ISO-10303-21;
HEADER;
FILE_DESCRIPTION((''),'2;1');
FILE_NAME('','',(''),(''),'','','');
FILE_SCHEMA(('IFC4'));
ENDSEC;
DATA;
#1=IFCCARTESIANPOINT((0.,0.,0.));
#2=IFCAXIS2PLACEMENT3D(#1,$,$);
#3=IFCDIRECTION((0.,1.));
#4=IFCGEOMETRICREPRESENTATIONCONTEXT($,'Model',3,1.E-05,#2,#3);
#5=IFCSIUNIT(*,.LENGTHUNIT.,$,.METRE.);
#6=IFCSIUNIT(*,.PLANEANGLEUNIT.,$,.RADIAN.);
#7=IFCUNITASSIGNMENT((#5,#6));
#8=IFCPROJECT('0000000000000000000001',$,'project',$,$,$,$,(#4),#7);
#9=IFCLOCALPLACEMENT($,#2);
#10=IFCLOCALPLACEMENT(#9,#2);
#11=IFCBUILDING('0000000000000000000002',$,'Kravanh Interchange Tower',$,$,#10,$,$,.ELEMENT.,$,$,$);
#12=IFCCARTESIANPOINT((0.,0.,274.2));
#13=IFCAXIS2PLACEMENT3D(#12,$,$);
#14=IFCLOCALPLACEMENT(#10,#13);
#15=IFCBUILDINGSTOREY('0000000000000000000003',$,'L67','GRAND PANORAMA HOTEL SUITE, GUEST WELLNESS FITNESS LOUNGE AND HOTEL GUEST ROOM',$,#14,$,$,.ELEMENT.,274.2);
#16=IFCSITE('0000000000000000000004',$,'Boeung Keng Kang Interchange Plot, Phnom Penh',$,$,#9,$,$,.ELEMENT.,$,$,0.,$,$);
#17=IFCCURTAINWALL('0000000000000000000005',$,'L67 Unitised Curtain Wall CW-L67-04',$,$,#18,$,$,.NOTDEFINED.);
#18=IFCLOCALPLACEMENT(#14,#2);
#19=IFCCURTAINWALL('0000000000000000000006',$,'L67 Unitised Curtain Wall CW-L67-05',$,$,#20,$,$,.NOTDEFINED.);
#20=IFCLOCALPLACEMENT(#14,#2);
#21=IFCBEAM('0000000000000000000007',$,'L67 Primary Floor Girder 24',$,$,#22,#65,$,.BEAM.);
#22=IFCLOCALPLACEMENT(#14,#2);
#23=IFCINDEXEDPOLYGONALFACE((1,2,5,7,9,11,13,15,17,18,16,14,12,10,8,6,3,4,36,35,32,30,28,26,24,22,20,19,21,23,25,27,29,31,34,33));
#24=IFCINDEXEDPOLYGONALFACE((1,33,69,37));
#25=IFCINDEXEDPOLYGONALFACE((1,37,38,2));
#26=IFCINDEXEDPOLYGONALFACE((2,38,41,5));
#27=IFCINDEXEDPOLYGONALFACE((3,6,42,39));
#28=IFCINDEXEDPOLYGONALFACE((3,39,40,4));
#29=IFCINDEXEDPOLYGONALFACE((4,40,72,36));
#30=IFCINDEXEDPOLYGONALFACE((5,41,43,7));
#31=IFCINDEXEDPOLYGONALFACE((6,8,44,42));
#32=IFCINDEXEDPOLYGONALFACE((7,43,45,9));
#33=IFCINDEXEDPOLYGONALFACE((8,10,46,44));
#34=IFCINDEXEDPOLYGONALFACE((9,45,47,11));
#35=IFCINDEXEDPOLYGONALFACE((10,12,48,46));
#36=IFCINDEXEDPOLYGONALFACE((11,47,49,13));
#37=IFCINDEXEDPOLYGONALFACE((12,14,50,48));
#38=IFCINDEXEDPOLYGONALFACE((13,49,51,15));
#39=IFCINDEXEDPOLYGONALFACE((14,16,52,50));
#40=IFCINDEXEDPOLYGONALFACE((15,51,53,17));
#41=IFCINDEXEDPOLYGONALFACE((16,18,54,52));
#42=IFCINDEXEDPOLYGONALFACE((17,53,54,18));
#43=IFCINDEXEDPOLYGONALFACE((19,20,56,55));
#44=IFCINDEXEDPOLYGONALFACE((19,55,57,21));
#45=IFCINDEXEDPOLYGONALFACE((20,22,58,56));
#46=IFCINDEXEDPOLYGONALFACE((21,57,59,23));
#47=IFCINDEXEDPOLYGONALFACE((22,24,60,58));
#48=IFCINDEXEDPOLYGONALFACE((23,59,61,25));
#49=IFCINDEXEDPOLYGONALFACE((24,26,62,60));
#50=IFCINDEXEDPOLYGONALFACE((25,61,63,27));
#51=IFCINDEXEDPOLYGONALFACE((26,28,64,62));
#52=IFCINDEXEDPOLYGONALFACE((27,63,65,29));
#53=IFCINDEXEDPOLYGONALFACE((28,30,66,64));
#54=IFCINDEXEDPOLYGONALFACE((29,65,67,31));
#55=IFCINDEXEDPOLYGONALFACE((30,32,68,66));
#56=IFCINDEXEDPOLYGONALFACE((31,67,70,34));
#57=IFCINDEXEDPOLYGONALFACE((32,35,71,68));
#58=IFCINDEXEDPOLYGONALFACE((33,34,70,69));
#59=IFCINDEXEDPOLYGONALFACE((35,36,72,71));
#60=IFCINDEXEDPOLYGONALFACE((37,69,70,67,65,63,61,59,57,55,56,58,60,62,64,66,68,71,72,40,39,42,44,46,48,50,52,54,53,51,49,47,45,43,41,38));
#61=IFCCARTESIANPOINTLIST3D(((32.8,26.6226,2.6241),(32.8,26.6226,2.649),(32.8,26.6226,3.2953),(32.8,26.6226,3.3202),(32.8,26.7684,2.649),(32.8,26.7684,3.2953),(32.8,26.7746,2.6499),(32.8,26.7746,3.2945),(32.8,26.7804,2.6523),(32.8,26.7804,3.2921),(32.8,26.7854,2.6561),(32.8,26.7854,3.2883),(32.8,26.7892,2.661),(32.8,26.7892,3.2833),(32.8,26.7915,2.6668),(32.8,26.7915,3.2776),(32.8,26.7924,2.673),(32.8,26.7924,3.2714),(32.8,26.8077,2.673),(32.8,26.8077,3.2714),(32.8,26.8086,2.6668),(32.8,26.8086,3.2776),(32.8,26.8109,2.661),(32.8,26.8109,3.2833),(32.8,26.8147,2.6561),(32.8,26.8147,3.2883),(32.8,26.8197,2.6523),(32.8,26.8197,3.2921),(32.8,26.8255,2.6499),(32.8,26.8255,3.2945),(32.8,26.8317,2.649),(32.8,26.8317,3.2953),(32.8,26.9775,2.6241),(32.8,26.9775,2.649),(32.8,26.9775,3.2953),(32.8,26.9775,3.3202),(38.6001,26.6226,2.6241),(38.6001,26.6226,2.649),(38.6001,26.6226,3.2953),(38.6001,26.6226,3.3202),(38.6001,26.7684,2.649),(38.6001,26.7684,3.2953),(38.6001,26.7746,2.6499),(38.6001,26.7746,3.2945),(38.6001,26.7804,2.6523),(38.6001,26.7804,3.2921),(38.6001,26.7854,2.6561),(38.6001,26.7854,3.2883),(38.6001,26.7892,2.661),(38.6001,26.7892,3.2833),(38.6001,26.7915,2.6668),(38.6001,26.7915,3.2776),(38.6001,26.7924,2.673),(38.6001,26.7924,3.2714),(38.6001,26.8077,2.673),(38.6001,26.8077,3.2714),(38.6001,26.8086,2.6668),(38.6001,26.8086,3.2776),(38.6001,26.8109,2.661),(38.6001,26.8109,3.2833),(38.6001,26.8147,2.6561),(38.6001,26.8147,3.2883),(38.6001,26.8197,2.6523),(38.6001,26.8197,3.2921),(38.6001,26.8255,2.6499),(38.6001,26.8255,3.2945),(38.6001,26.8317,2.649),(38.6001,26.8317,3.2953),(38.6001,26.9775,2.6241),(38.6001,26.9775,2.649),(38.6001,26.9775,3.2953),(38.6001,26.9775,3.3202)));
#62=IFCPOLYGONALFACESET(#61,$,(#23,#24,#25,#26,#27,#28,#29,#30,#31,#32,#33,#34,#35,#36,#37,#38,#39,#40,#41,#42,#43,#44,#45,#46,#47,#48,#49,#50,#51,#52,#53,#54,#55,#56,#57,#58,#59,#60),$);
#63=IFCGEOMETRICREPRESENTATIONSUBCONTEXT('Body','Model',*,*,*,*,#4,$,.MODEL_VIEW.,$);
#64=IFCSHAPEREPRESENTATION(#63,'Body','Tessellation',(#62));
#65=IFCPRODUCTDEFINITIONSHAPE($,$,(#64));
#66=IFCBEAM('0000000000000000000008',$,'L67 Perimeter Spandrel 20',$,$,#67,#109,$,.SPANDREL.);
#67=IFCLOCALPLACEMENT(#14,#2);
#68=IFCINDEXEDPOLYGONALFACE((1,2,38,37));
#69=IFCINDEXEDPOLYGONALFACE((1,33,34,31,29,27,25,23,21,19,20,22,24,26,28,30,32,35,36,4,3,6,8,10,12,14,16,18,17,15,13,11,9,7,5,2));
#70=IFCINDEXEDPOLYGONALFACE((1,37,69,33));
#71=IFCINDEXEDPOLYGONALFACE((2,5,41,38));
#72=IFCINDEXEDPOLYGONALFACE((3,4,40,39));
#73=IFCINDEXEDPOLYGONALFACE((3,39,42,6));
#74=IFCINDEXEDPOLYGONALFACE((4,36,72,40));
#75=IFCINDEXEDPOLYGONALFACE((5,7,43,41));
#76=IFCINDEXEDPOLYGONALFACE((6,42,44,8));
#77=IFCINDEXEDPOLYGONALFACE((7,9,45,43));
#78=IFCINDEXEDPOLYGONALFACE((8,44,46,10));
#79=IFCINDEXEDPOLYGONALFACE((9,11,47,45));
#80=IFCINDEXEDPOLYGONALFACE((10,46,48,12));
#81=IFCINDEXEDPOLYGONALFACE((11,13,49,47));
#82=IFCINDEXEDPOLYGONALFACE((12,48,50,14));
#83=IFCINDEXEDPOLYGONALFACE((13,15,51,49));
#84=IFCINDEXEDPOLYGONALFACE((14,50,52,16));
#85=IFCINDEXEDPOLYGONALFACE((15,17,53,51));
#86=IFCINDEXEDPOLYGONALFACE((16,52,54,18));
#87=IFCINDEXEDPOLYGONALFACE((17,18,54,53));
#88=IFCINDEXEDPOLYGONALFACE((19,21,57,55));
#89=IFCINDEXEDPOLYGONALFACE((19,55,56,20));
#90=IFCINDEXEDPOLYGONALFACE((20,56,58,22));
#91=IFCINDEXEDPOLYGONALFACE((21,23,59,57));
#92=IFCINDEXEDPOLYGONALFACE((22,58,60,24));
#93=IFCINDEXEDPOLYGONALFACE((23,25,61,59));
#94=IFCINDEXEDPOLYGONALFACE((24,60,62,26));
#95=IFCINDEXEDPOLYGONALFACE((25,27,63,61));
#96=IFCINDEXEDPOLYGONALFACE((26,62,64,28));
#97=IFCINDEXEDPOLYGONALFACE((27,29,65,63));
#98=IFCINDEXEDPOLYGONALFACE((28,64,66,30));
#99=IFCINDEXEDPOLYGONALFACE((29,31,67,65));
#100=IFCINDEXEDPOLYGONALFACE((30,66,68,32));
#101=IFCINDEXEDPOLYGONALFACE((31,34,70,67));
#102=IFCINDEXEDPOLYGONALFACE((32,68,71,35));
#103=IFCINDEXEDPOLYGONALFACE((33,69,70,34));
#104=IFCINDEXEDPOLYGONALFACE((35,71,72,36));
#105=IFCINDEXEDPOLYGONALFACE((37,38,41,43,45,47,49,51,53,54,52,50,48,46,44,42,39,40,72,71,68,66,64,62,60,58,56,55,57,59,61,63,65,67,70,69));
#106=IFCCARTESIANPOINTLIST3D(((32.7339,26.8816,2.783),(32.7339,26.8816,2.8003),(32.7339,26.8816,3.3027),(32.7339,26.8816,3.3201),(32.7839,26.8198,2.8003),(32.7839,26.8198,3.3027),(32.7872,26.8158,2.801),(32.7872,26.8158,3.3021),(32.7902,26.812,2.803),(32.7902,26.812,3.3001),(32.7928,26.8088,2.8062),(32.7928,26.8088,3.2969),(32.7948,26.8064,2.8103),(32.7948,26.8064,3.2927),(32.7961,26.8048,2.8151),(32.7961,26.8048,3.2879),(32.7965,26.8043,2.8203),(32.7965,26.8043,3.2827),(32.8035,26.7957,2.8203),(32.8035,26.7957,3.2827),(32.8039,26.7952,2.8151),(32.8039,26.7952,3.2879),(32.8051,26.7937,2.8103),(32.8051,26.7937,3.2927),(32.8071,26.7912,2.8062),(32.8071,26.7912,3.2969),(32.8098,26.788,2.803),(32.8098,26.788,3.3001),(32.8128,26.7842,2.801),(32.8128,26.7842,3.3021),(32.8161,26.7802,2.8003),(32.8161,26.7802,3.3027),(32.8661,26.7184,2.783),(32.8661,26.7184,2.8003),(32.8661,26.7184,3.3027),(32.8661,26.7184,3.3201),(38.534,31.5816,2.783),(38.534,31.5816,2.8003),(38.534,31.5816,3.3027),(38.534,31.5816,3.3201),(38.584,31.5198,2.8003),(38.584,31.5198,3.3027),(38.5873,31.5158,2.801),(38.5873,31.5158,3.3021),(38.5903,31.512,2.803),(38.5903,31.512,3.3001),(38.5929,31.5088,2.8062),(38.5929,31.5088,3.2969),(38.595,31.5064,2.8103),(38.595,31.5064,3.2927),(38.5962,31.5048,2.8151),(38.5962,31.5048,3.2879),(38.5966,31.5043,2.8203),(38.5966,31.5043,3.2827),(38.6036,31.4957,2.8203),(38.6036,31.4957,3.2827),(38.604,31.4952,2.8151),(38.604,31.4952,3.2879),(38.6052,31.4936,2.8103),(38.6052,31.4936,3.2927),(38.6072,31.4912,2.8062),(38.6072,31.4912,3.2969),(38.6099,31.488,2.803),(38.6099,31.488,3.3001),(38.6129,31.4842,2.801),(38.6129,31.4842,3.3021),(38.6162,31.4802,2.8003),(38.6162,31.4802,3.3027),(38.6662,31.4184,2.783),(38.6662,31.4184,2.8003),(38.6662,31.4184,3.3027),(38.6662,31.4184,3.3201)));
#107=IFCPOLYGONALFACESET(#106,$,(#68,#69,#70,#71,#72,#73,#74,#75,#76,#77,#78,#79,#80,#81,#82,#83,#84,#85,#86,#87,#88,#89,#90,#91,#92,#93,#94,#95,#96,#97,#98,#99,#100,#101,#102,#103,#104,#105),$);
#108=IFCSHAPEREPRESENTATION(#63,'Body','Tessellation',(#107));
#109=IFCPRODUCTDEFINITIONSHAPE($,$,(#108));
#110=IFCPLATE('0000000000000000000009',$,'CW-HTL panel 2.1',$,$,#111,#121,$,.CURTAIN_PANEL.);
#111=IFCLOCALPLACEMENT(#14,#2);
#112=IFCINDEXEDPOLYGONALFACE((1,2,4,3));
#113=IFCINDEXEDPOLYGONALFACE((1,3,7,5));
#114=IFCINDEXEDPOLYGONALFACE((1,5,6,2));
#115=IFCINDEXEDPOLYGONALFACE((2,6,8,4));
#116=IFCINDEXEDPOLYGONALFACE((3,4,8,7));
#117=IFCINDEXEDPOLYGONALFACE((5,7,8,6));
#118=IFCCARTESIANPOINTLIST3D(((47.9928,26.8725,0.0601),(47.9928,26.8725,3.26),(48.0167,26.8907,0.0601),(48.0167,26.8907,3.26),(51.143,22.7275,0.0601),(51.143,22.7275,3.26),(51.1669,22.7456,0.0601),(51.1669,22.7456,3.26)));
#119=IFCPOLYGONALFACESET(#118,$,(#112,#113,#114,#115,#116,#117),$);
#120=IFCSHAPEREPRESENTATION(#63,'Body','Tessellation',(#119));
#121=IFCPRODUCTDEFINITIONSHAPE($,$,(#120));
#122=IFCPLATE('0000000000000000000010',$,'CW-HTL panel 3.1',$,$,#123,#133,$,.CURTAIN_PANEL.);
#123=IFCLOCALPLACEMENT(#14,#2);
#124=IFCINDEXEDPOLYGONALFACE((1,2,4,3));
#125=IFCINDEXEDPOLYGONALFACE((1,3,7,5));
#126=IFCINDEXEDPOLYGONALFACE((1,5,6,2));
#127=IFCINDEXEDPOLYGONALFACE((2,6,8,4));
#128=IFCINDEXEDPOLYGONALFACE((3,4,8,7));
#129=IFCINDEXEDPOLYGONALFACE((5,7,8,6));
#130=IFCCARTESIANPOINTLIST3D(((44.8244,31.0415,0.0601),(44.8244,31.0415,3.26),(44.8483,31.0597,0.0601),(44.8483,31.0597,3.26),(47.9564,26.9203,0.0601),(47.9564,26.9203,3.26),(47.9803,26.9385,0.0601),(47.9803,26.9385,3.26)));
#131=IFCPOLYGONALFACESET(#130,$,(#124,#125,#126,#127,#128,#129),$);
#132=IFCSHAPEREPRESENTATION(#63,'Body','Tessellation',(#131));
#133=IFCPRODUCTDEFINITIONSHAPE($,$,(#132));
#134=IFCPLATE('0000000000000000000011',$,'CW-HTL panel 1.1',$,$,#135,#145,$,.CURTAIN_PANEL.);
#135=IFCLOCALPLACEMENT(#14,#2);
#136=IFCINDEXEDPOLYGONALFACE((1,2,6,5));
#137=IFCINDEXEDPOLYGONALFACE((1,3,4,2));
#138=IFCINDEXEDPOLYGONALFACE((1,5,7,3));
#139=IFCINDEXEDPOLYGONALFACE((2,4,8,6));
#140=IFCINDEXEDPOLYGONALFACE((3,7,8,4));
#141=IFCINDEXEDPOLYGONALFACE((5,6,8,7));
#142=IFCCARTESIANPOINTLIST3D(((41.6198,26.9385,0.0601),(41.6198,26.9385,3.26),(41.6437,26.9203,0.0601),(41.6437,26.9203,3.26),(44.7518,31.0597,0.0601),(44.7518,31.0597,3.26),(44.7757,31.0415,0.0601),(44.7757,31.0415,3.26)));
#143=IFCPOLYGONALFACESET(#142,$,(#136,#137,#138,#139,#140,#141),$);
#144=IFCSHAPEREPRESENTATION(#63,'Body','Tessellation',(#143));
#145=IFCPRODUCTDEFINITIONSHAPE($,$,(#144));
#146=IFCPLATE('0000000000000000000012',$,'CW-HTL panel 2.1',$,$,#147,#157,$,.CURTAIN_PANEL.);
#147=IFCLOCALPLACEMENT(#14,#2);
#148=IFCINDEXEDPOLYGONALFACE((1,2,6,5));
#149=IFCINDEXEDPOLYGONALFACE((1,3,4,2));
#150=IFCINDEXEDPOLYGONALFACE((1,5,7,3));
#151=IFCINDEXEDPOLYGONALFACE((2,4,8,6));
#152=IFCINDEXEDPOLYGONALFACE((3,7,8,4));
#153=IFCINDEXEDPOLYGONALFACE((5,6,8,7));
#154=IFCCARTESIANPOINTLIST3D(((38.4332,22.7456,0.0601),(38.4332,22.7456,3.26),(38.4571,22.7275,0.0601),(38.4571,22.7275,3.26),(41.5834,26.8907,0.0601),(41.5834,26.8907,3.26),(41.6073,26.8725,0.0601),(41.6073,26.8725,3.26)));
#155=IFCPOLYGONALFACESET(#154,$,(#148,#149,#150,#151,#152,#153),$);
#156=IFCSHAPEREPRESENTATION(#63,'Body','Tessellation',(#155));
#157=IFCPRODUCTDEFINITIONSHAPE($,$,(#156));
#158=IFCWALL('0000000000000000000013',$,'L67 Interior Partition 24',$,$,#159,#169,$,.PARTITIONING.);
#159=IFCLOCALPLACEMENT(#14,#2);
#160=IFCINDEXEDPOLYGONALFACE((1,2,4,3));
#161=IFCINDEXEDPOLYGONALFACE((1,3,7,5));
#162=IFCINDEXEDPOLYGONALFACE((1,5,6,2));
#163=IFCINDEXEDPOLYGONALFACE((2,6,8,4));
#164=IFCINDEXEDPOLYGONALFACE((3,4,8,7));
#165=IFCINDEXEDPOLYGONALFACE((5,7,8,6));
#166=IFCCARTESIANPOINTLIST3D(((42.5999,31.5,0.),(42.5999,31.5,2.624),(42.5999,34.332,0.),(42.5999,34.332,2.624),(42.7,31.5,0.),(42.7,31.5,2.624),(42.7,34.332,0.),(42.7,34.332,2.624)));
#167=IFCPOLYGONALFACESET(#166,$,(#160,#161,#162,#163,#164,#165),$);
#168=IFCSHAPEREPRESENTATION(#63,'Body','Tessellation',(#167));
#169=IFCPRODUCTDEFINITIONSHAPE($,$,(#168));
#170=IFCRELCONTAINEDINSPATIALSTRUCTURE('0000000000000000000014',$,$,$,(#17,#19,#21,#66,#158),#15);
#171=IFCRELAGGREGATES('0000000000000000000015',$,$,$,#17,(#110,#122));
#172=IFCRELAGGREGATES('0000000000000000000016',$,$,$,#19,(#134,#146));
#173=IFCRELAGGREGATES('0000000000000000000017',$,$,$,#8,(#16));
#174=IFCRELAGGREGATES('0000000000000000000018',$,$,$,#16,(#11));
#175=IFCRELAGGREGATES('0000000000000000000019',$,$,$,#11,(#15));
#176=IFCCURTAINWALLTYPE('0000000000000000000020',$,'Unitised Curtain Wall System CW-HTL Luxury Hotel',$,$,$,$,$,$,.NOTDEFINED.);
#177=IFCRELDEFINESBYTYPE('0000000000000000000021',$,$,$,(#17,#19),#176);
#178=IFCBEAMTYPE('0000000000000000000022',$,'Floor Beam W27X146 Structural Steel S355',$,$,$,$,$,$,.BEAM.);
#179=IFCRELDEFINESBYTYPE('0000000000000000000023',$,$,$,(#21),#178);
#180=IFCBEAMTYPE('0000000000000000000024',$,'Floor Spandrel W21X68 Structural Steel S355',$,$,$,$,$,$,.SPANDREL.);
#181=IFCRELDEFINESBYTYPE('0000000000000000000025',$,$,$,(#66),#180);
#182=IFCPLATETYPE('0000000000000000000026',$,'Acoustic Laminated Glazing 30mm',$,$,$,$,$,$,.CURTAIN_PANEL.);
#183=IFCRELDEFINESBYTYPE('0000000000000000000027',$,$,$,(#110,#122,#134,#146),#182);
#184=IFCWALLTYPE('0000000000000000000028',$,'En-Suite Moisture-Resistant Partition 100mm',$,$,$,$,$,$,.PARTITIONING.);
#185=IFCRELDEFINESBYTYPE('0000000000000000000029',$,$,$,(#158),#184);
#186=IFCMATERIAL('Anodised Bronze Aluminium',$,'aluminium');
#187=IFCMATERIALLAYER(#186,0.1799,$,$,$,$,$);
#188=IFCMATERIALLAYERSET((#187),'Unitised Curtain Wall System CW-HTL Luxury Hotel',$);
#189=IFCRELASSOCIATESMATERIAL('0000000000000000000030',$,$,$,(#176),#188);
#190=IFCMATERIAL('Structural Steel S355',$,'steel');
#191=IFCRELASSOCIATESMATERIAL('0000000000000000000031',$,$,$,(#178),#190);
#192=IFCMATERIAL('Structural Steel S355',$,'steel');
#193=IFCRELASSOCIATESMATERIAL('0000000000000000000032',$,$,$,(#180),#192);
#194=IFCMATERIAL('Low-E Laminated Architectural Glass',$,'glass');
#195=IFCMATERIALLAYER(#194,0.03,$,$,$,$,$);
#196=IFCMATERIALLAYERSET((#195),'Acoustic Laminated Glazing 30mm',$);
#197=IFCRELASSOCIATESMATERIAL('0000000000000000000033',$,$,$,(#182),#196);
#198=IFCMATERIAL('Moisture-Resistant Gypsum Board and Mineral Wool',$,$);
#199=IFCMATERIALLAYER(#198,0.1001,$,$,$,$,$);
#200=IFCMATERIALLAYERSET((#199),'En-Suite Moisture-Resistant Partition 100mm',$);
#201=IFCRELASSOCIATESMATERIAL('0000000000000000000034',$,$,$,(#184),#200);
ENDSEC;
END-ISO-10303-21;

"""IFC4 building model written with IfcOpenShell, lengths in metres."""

from ifc_helpers import new_model, si_unit, direction, frame, frame_2d, origin, origin_2d, place, context, subcontext, project, spatial, rectangle, i_section, extrude, material, layer, layer_set, material_profile, profile_set, type_object, element, aggregate, save


model = new_model("IFC4")

# Units and contexts
model_context = context("Model", 3, precision=1e-05, world=origin(), true_north=direction((0.0, 1.0)))
body_context = subcontext(model_context, "Body", "Model", "MODEL_VIEW")
ifc_project = project(units=[si_unit("LENGTHUNIT", "METRE"), si_unit("PLANEANGLEUNIT", "RADIAN")], contexts=[model_context])

# Site, building, storey
site_placement = place(None, origin())
site = spatial("IfcSite", under=ifc_project, at=site_placement, Name="Boeung Keng Kang Interchange Plot, Phnom Penh", CompositionType="ELEMENT", RefElevation=0.0)
building_placement = place(site_placement, origin())
building = spatial("IfcBuilding", under=site, at=building_placement, Name="Kravanh Interchange Tower", CompositionType="ELEMENT")
storey_placement = place(building_placement, frame((0.0, 0.0, 274.2)))
storey = spatial("IfcBuildingStorey", under=building, at=storey_placement, Name="L67", Description="GRAND PANORAMA HOTEL SUITE, GUEST WELLNESS FITNESS LOUNGE AND HOTEL GUEST ROOM", CompositionType="ELEMENT", Elevation=274.2)

# Curtain walls
ifc_material_1 = material(Name="Anodised Bronze Aluminium", Category="aluminium")
ifc_layer_1 = layer(ifc_material_1, 0.1799)
ifc_layer_set_1 = layer_set([ifc_layer_1], Name="Unitised Curtain Wall System CW-HTL Luxury Hotel")
curtain_wall_type = type_object("IfcCurtainWallType", Name="Unitised Curtain Wall System CW-HTL Luxury Hotel", PredefinedType="NOTDEFINED", material=ifc_layer_set_1)
curtain_wall_1_placement = place(storey_placement, origin())
curtain_wall_1 = element("IfcCurtainWall", 1, at=curtain_wall_1_placement, inside=storey, type_object=curtain_wall_type, Name="L67 Unitised Curtain Wall CW-L67-04", PredefinedType="NOTDEFINED")
curtain_wall_2_placement = place(storey_placement, origin())
curtain_wall_2 = element("IfcCurtainWall", 2, at=curtain_wall_2_placement, inside=storey, type_object=curtain_wall_type, Name="L67 Unitised Curtain Wall CW-L67-05", PredefinedType="NOTDEFINED")

# Beams
ifc_material_2 = material(Name="Structural Steel S355", Category="steel")
ifc_material_profile_1 = material_profile(ifc_material_2, i_section(OverallWidth=0.355, OverallDepth=0.696, WebThickness=0.0154, FlangeThickness=0.0249, FilletRadius=0.0239, at=origin_2d()), Name="W27X146")
ifc_profile_set_1 = profile_set([ifc_material_profile_1], Name="Structural Steel S355")
beam_type_1 = type_object("IfcBeamType", Name="Floor Beam W27X146 Structural Steel S355", PredefinedType="BEAM", material=ifc_profile_set_1)
beam_1_placement = place(storey_placement, frame((38.6001, 26.8, 2.9722), z_axis=(-1.0, 0.0, 0.0), x_axis=(0.0, -1.0, 0.0)))
element("IfcBeam", 3, at=beam_1_placement, inside=storey, type_object=beam_type_1, Name="L67 Primary Floor Girder 24", PredefinedType="BEAM", context=body_context, shape_type="SweptSolid", body=[
    extrude(i_section(OverallWidth=0.355, OverallDepth=0.696, WebThickness=0.0154, FlangeThickness=0.0249, FilletRadius=0.0239, at=origin_2d()), origin(), (0.0, 0.0, 1.0), 5.8),
])
ifc_material_3 = material(Name="Structural Steel S355", Category="steel")
ifc_material_profile_2 = material_profile(ifc_material_3, i_section(OverallWidth=0.21, OverallDepth=0.5371, WebThickness=0.011, FlangeThickness=0.0173, FilletRadius=0.02, at=origin_2d()), Name="W21X68")
ifc_profile_set_2 = profile_set([ifc_material_profile_2], Name="Structural Steel S355")
beam_type_2 = type_object("IfcBeamType", Name="Floor Spandrel W21X68 Structural Steel S355", PredefinedType="SPANDREL", material=ifc_profile_set_2)
beam_2_placement = place(storey_placement, frame((38.6001, 31.5, 3.0515), z_axis=(-0.776939, -0.629576, 0.0), x_axis=(0.629576, -0.776939, 0.0)))
element("IfcBeam", 4, at=beam_2_placement, inside=storey, type_object=beam_type_2, Name="L67 Perimeter Spandrel 20", PredefinedType="SPANDREL", context=body_context, shape_type="SweptSolid", body=[
    extrude(i_section(OverallWidth=0.21, OverallDepth=0.5371, WebThickness=0.011, FlangeThickness=0.0173, FilletRadius=0.02, at=origin_2d()), origin(), (0.0, 0.0, 1.0), 7.4653),
])

# Plates
ifc_material_4 = material(Name="Low-E Laminated Architectural Glass", Category="glass")
ifc_layer_2 = layer(ifc_material_4, 0.03)
ifc_layer_set_2 = layer_set([ifc_layer_2], Name="Acoustic Laminated Glazing 30mm")
plate_type = type_object("IfcPlateType", Name="Acoustic Laminated Glazing 30mm", PredefinedType="CURTAIN_PANEL", material=ifc_layer_set_2)
plate_1_placement = place(storey_placement, frame((49.5798, 24.8091, 0.0601), z_axis=(0.0, 0.0, 1.0), x_axis=(-0.605083, 0.796162, 0.0)))
plate_1 = element("IfcPlate", 5, at=plate_1_placement, type_object=plate_type, Name="CW-HTL panel 2.1", PredefinedType="CURTAIN_PANEL", context=body_context, shape_type="SweptSolid", body=[
    extrude(rectangle(XDim=5.2063, YDim=0.03, at=origin_2d()), origin(), (0.0, 0.0, 1.0), 3.2),
])
plate_2_placement = place(storey_placement, frame((46.4023, 28.99, 0.0601), z_axis=(0.0, 0.0, 1.0), x_axis=(-0.605083, 0.796162, 0.0)))
plate_2 = element("IfcPlate", 6, at=plate_2_placement, type_object=plate_type, Name="CW-HTL panel 3.1", PredefinedType="CURTAIN_PANEL", context=body_context, shape_type="SweptSolid", body=[
    extrude(rectangle(XDim=5.1763, YDim=0.03, at=origin_2d()), origin(), (0.0, 0.0, 1.0), 3.2),
])
aggregate(curtain_wall_1, [plate_1, plate_2])
plate_3_placement = place(storey_placement, frame((43.1978, 28.99, 0.0601), z_axis=(0.0, 0.0, 1.0), x_axis=(-0.605083, -0.796162, 0.0)))
plate_3 = element("IfcPlate", 7, at=plate_3_placement, type_object=plate_type, Name="CW-HTL panel 1.1", PredefinedType="CURTAIN_PANEL", context=body_context, shape_type="SweptSolid", body=[
    extrude(rectangle(XDim=5.1763, YDim=0.03, at=origin_2d()), origin(), (0.0, 0.0, 1.0), 3.2),
])
plate_4_placement = place(storey_placement, frame((40.0203, 24.8091, 0.0601), z_axis=(0.0, 0.0, 1.0), x_axis=(-0.605083, -0.796162, 0.0)))
plate_4 = element("IfcPlate", 8, at=plate_4_placement, type_object=plate_type, Name="CW-HTL panel 2.1", PredefinedType="CURTAIN_PANEL", context=body_context, shape_type="SweptSolid", body=[
    extrude(rectangle(XDim=5.2063, YDim=0.03, at=origin_2d()), origin(), (0.0, 0.0, 1.0), 3.2),
])
aggregate(curtain_wall_2, [plate_3, plate_4])

# Shared definitions
ifc_material_5 = material(Name="Moisture-Resistant Gypsum Board and Mineral Wool")
ifc_layer_3 = layer(ifc_material_5, 0.1001)
ifc_layer_set_3 = layer_set([ifc_layer_3], Name="En-Suite Moisture-Resistant Partition 100mm")
wall_type_1 = type_object("IfcWallType", Name="En-Suite Moisture-Resistant Partition 100mm", PredefinedType="PARTITIONING", material=ifc_layer_set_3)

# Wall
wall_1_placement = place(storey_placement, frame((42.6499, 31.5, 0.0), z_axis=(0.0, 0.0, 1.0), x_axis=(0.0, 1.0, 0.0)))
element("IfcWall", 9, at=wall_1_placement, inside=storey, type_object=wall_type_1, Name="L67 Interior Partition 24", PredefinedType="PARTITIONING", context=body_context, shape_type="SweptSolid", body=[
    extrude(rectangle(XDim=2.832, YDim=0.1001, at=frame_2d((1.416, 0.0))), origin(), (0.0, 0.0, 1.0), 2.624),
])

save(model, "model.ifc")
